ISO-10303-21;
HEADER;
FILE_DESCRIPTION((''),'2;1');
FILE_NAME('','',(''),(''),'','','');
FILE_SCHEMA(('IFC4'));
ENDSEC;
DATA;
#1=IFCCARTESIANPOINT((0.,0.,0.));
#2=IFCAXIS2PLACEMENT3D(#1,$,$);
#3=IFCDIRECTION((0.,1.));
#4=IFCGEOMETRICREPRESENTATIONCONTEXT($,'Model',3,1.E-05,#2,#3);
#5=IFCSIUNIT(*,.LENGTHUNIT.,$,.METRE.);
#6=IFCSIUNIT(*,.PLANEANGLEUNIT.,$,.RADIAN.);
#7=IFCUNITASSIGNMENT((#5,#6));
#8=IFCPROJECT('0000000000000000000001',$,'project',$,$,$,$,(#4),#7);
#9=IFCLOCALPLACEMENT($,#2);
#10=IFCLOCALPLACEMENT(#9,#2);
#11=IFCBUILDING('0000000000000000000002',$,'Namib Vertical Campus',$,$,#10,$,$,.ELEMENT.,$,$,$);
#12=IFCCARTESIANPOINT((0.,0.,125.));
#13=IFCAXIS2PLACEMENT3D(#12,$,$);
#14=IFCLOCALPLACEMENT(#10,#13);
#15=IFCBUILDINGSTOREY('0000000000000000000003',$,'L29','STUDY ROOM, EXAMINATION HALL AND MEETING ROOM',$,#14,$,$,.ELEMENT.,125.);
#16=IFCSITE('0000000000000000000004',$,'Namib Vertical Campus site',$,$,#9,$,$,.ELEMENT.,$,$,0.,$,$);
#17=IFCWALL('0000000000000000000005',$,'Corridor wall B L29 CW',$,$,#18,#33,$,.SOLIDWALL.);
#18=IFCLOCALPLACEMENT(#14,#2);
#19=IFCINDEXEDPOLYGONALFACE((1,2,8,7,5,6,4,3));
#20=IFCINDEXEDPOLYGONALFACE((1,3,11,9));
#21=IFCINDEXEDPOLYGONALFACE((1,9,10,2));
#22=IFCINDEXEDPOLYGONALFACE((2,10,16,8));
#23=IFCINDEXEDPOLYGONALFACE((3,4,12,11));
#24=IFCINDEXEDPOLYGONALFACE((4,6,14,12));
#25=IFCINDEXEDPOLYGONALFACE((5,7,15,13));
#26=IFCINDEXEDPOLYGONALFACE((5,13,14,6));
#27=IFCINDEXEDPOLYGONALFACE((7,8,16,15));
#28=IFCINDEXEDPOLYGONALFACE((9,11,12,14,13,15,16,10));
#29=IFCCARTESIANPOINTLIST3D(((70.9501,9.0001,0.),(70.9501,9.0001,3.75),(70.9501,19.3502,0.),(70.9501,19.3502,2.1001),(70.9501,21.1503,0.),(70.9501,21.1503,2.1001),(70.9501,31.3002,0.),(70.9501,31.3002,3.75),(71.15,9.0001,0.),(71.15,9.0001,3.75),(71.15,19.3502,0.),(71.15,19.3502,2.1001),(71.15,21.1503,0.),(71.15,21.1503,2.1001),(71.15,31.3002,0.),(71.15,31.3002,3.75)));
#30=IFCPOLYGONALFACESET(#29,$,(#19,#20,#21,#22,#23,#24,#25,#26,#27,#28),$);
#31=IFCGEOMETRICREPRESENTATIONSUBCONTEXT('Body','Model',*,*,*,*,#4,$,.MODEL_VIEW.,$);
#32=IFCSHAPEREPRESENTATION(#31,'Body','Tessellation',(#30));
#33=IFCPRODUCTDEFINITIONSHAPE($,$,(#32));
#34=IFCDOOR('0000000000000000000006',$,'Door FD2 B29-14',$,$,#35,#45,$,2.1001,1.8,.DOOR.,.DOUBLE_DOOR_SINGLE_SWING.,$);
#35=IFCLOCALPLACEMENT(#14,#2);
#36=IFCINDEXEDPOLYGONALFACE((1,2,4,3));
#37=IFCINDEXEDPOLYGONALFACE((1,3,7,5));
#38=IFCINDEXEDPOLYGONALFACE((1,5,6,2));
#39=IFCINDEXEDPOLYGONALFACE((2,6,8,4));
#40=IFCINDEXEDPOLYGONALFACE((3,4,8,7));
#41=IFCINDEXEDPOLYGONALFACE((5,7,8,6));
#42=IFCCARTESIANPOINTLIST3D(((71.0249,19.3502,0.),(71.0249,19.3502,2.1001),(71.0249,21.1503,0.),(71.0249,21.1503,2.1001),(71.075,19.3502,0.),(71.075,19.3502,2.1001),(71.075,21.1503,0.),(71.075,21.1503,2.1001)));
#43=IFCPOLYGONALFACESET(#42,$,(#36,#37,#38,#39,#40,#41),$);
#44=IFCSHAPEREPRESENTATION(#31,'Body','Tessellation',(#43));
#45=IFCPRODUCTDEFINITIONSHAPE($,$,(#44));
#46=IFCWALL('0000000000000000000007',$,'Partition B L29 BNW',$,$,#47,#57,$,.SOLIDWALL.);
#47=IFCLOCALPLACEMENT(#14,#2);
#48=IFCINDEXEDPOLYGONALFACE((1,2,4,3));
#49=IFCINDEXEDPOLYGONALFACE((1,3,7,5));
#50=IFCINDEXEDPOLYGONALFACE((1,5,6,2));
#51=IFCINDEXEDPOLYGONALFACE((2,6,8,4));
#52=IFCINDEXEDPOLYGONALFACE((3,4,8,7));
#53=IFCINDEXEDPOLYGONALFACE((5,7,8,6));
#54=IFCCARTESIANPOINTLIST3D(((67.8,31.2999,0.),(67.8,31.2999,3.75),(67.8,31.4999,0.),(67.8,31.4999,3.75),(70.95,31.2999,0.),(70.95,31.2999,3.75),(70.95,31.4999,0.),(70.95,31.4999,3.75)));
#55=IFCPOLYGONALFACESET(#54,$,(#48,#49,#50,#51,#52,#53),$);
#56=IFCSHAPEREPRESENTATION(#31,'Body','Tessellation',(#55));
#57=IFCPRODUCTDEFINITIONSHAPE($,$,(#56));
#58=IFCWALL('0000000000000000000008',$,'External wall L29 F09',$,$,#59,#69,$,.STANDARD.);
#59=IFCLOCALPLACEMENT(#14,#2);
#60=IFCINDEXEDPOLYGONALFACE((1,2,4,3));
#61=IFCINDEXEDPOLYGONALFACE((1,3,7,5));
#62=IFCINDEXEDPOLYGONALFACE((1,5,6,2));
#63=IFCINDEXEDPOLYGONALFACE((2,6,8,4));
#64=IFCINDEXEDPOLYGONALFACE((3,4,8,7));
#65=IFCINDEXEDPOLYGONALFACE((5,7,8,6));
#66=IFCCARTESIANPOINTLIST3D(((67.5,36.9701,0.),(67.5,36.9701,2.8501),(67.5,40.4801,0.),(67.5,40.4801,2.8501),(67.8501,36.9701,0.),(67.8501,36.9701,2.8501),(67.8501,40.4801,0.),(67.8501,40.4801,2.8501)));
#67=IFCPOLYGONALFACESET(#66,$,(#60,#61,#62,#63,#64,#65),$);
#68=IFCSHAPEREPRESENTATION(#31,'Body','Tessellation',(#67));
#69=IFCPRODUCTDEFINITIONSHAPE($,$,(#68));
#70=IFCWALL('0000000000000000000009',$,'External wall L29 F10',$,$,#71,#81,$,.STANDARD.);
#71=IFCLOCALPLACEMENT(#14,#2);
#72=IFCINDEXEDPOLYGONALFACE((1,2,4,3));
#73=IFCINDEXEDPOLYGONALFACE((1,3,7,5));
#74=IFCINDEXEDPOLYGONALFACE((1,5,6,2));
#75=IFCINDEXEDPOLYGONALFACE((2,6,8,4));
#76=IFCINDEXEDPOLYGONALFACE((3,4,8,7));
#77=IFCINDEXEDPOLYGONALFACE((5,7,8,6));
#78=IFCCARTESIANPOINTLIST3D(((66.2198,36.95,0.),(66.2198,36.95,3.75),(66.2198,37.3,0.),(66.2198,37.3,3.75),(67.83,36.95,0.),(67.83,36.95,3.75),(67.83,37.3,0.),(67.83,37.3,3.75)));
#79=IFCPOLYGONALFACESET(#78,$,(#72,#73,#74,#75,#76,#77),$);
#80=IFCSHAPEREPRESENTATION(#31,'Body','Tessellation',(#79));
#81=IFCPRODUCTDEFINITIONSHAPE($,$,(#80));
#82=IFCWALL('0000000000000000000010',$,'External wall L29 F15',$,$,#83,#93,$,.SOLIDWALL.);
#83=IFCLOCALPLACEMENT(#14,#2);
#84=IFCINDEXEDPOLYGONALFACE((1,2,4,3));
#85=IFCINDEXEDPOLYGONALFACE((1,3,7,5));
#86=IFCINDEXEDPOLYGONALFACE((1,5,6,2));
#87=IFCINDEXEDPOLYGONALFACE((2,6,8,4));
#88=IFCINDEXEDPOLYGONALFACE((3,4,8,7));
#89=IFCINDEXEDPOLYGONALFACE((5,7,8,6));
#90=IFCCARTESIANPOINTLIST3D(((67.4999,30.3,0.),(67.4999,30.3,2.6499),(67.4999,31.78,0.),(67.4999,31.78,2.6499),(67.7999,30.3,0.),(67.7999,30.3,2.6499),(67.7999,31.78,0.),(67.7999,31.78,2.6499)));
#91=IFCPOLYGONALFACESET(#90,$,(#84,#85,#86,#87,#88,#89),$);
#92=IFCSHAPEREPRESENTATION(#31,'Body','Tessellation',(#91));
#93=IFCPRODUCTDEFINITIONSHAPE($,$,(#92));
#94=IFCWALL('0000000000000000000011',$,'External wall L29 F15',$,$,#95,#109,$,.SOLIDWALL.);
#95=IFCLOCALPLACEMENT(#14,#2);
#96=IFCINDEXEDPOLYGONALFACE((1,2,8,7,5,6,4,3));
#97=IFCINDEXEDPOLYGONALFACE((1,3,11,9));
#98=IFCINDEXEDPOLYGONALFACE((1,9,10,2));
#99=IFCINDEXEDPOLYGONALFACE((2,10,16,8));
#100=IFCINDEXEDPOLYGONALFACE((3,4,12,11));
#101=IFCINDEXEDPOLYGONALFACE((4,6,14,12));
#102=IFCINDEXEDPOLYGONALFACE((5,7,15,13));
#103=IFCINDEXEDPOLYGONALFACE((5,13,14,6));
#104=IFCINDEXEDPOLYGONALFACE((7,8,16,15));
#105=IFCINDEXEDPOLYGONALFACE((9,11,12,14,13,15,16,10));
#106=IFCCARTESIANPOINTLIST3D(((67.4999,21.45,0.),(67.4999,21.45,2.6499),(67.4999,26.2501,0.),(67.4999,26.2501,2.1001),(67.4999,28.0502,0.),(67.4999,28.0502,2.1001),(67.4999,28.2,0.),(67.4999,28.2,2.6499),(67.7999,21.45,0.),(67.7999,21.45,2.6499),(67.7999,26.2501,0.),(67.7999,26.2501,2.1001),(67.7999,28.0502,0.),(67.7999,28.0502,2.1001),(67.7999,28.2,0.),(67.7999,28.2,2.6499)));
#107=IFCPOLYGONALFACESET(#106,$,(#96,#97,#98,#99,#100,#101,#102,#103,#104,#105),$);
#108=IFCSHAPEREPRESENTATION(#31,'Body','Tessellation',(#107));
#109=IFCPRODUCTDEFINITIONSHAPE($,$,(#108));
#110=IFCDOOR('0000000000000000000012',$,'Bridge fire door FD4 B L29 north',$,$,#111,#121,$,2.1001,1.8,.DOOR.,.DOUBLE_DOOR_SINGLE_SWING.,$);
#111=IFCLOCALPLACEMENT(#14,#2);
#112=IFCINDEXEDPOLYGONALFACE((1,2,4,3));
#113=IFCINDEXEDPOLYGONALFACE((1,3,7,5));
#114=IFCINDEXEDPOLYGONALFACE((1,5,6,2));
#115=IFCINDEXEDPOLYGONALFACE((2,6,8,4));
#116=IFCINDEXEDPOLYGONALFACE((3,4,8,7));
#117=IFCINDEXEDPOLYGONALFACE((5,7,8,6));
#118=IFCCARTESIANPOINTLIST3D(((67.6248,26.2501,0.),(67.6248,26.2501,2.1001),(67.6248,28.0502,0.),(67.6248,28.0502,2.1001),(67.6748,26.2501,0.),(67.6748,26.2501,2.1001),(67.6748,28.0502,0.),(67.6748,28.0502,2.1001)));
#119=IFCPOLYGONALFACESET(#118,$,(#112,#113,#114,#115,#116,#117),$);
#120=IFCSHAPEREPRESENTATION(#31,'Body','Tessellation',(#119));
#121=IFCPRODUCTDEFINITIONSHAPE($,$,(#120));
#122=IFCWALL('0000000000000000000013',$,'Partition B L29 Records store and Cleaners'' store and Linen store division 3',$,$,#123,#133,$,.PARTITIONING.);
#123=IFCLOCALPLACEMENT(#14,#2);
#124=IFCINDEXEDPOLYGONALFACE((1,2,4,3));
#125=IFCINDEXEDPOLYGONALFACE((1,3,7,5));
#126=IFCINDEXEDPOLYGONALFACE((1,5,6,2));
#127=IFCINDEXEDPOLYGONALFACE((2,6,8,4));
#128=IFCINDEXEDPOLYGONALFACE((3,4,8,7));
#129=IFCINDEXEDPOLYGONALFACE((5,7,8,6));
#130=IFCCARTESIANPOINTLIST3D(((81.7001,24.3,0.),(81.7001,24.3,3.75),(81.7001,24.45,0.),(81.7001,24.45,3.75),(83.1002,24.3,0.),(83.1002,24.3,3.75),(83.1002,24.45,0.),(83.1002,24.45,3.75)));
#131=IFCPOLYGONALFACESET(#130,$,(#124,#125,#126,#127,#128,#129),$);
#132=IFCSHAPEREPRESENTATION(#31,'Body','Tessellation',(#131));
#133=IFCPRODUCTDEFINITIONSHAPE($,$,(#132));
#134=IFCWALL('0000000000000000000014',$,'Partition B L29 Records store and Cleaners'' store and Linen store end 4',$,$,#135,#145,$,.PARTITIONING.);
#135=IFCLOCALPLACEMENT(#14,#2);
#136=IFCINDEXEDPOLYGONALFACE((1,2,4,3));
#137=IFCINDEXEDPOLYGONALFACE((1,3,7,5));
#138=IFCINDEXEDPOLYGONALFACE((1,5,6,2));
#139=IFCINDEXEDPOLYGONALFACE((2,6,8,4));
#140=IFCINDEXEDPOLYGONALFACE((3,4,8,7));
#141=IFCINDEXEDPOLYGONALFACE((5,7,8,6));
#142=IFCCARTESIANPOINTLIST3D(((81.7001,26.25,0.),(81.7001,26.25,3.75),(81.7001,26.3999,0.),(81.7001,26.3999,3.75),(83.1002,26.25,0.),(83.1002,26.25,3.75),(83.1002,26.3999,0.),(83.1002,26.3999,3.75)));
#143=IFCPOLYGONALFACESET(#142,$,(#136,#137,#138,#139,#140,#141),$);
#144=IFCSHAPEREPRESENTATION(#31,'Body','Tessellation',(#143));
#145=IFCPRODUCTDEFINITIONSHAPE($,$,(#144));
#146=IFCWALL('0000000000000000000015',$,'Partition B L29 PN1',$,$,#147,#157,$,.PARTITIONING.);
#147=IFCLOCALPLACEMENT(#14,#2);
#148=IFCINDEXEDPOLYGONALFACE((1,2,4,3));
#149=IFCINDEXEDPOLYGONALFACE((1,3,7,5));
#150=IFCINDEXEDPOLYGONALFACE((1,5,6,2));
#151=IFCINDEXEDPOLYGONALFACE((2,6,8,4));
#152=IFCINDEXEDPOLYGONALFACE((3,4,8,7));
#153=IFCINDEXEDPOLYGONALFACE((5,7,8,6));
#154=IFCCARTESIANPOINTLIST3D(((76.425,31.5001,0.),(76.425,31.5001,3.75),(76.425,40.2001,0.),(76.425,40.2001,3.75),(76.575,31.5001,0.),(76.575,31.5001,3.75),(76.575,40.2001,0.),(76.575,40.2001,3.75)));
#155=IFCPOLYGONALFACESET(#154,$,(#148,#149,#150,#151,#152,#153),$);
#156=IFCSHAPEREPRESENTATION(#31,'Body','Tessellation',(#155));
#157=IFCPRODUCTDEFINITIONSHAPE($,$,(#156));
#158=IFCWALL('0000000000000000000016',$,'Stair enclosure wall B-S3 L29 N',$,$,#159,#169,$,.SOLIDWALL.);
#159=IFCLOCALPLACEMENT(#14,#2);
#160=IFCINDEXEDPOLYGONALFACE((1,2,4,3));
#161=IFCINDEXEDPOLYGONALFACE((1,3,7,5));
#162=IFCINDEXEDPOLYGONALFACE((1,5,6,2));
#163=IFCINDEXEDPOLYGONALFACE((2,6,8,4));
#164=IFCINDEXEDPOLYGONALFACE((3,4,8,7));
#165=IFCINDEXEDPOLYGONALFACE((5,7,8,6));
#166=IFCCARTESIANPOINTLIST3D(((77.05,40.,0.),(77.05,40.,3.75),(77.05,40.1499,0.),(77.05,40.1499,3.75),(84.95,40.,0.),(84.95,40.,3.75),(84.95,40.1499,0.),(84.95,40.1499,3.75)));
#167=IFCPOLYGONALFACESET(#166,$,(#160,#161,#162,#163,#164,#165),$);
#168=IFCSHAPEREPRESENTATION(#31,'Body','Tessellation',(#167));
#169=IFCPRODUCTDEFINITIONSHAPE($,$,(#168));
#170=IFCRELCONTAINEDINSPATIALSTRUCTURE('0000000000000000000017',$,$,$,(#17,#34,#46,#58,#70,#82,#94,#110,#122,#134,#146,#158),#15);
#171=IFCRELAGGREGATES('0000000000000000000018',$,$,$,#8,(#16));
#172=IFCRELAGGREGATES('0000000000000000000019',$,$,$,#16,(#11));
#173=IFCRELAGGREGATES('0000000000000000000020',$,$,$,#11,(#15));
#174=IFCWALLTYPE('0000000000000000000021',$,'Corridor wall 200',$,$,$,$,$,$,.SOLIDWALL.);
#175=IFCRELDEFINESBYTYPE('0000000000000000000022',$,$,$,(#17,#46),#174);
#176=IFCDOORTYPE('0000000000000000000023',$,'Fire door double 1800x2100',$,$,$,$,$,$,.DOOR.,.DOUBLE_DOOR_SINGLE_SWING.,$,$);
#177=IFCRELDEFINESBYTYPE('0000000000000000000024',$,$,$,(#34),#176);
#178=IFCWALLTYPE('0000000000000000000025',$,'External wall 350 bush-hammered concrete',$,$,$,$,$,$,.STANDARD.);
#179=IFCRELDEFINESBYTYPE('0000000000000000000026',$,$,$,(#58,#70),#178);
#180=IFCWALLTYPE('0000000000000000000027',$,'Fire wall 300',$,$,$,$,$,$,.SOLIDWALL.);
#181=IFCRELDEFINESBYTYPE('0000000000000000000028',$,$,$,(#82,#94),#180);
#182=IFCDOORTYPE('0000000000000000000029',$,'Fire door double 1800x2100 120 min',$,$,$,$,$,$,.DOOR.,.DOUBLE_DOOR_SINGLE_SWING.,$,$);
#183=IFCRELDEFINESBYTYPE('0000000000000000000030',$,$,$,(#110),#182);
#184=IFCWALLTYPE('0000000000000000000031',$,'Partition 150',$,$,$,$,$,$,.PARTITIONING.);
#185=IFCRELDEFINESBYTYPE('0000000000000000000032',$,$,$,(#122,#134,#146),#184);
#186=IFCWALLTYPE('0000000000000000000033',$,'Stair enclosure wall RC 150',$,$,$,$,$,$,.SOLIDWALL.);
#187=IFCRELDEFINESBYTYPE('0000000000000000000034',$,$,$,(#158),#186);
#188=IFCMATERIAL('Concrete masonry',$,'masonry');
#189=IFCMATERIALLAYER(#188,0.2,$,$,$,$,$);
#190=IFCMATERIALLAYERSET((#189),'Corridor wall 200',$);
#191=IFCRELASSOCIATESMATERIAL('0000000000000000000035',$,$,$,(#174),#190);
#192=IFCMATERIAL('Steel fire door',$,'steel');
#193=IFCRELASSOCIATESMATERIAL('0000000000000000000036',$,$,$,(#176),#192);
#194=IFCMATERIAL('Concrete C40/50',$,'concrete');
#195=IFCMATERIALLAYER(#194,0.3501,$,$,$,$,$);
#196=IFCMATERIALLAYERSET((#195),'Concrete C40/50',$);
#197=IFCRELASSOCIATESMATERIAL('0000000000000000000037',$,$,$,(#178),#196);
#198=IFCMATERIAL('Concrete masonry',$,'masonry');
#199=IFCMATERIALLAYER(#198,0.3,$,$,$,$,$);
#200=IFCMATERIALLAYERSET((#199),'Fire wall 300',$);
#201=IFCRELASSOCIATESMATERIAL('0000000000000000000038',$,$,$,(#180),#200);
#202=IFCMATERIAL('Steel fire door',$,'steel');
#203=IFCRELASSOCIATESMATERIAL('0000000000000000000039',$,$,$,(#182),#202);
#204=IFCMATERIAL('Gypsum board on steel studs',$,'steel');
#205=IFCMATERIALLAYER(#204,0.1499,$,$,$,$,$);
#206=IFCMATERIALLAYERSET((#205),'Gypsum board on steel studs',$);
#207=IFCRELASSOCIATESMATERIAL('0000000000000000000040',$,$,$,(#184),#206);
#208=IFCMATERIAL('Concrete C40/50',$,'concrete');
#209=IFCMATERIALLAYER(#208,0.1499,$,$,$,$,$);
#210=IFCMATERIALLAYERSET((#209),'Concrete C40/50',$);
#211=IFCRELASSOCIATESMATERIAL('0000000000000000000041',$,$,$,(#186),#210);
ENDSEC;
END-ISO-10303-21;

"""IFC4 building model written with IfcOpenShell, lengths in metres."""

from ifc_helpers import new_model, si_unit, direction, frame, frame_2d, origin, place, context, subcontext, project, spatial, rectangle, extrude, material, layer, layer_set, type_object, element, fill, save


model = new_model("IFC4")

# Units and contexts
model_context = context("Model", 3, precision=1e-05, world=origin(), true_north=direction((0.0, 1.0)))
body_context = subcontext(model_context, "Body", "Model", "MODEL_VIEW")
ifc_project = project(units=[si_unit("LENGTHUNIT", "METRE"), si_unit("PLANEANGLEUNIT", "RADIAN")], contexts=[model_context])

# Site, building, storey
site_placement = place(None, origin())
site = spatial("IfcSite", under=ifc_project, at=site_placement, Name="Namib Vertical Campus site", CompositionType="ELEMENT", RefElevation=0.0)
building_placement = place(site_placement, origin())
building = spatial("IfcBuilding", under=site, at=building_placement, Name="Namib Vertical Campus", CompositionType="ELEMENT")
storey_placement = place(building_placement, frame((0.0, 0.0, 125.0)))
storey = spatial("IfcBuildingStorey", under=building, at=storey_placement, Name="L29", Description="STUDY ROOM, EXAMINATION HALL AND MEETING ROOM", CompositionType="ELEMENT", Elevation=125.0)

# Wall, opening, door
ifc_material_1 = material(Name="Concrete masonry", Category="masonry")
ifc_layer_1 = layer(ifc_material_1, 0.2)
ifc_layer_set_1 = layer_set([ifc_layer_1], Name="Corridor wall 200")
wall_type_1 = type_object("IfcWallType", Name="Corridor wall 200", PredefinedType="SOLIDWALL", material=ifc_layer_set_1)
wall_1_placement = place(storey_placement, frame((71.05, 31.3, 0.0), z_axis=(0.0, 0.0, 1.0), x_axis=(0.0, -1.0, 0.0)))
wall_1 = element("IfcWall", 1, at=wall_1_placement, inside=storey, type_object=wall_type_1, Name="Corridor wall B L29 CW", PredefinedType="SOLIDWALL", context=body_context, shape_type="SweptSolid", body=[
    extrude(rectangle(XDim=22.3, YDim=0.2, at=frame_2d((11.1499, 0.0))), origin(), (0.0, 0.0, 1.0), 3.75),
])
opening_1_placement = place(wall_1_placement, frame((10.1499, 0.0, 0.0)))
opening_1 = element("IfcOpeningElement", 2, at=opening_1_placement, cuts=wall_1, PredefinedType="OPENING", context=body_context, shape_type="SweptSolid", body=[
    extrude(rectangle(XDim=1.8, YDim=2.1001, at=frame_2d((0.8999, 1.05))), frame((0.0, 0.1099, 0.0), z_axis=(0.0, -1.0, 0.0), x_axis=(1.0, 0.0, 0.0)), (0.0, 0.0, 1.0), 0.22),
])
ifc_material_2 = material(Name="Steel fire door", Category="steel")
door_type_1 = type_object("IfcDoorType", Name="Fire door double 1800x2100", OperationType="DOUBLE_DOOR_SINGLE_SWING", PredefinedType="DOOR", material=ifc_material_2)
door_1_placement = place(opening_1_placement, origin())
door_1 = element("IfcDoor", 3, at=door_1_placement, inside=storey, type_object=door_type_1, Name="Door FD2 B29-14", OperationType="DOUBLE_DOOR_SINGLE_SWING", OverallHeight=2.1001, OverallWidth=1.8, PredefinedType="DOOR", context=body_context, shape_type="SweptSolid", body=[
    extrude(rectangle(XDim=1.8, YDim=2.1001, at=frame_2d((0.8999, 1.05))), frame((0.0, 0.0249, 0.0), z_axis=(0.0, -1.0, 0.0), x_axis=(1.0, 0.0, 0.0)), (0.0, 0.0, 1.0), 0.05),
])
fill(opening_1, door_1)

# Walls
wall_2_placement = place(storey_placement, frame((67.8, 31.3999, 0.0), z_axis=(0.0, 0.0, 1.0), x_axis=(1.0, 0.0, 0.0)))
element("IfcWall", 4, at=wall_2_placement, inside=storey, type_object=wall_type_1, Name="Partition B L29 BNW", PredefinedType="SOLIDWALL", context=body_context, shape_type="SweptSolid", body=[
    extrude(rectangle(XDim=3.1499, YDim=0.2, at=frame_2d((1.575, 0.0))), origin(), (0.0, 0.0, 1.0), 3.75),
])
ifc_material_3 = material(Name="Concrete C40/50", Category="concrete")
ifc_layer_2 = layer(ifc_material_3, 0.3501)
ifc_layer_set_2 = layer_set([ifc_layer_2], Name="Concrete C40/50")
wall_type_2 = type_object("IfcWallType", Name="External wall 350 bush-hammered concrete", PredefinedType="STANDARD", material=ifc_layer_set_2)
wall_3_placement = place(storey_placement, frame((67.675, 40.48, 0.0), z_axis=(0.0, 0.0, 1.0), x_axis=(0.0, -1.0, 0.0)))
element("IfcWall", 5, at=wall_3_placement, inside=storey, type_object=wall_type_2, Name="External wall L29 F09", PredefinedType="STANDARD", context=body_context, shape_type="SweptSolid", body=[
    extrude(rectangle(XDim=3.51, YDim=0.3501, at=frame_2d((1.7549, 0.0))), origin(), (0.0, 0.0, 1.0), 2.8501),
])
wall_4_placement = place(storey_placement, frame((67.8301, 37.125, 0.0), z_axis=(0.0, 0.0, 1.0), x_axis=(-1.0, 0.0, 0.0)))
element("IfcWall", 6, at=wall_4_placement, inside=storey, type_object=wall_type_2, Name="External wall L29 F10", PredefinedType="STANDARD", context=body_context, shape_type="SweptSolid", body=[
    extrude(rectangle(XDim=1.6101, YDim=0.3501, at=frame_2d((0.8052, 0.0))), origin(), (0.0, 0.0, 1.0), 3.75),
])
ifc_material_4 = material(Name="Concrete masonry", Category="masonry")
ifc_layer_3 = layer(ifc_material_4, 0.3)
ifc_layer_set_3 = layer_set([ifc_layer_3], Name="Fire wall 300")
wall_type_3 = type_object("IfcWallType", Name="Fire wall 300", PredefinedType="SOLIDWALL", material=ifc_layer_set_3)
wall_5_placement = place(storey_placement, frame((67.6499, 31.78, 0.0), z_axis=(0.0, 0.0, 1.0), x_axis=(0.0, -1.0, 0.0)))
element("IfcWall", 7, at=wall_5_placement, inside=storey, type_object=wall_type_3, Name="External wall L29 F15", PredefinedType="SOLIDWALL", context=body_context, shape_type="SweptSolid", body=[
    extrude(rectangle(XDim=1.48, YDim=0.3, at=frame_2d((0.74, 0.0))), origin(), (0.0, 0.0, 1.0), 2.6499),
])

# Wall, opening, door
wall_6_placement = place(storey_placement, frame((67.6499, 28.2, 0.0), z_axis=(0.0, 0.0, 1.0), x_axis=(0.0, -1.0, 0.0)))
wall_6 = element("IfcWall", 8, at=wall_6_placement, inside=storey, type_object=wall_type_3, Name="External wall L29 F15", PredefinedType="SOLIDWALL", context=body_context, shape_type="SweptSolid", body=[
    extrude(rectangle(XDim=6.75, YDim=0.3, at=frame_2d((3.375, 0.0))), origin(), (0.0, 0.0, 1.0), 2.6499),
])
opening_2_placement = place(wall_6_placement, frame((0.1499, 0.0, 0.0)))
opening_2 = element("IfcOpeningElement", 9, at=opening_2_placement, cuts=wall_6, PredefinedType="OPENING", context=body_context, shape_type="SweptSolid", body=[
    extrude(rectangle(XDim=1.8, YDim=2.1001, at=frame_2d((0.8999, 1.05))), frame((0.0, 0.1599, 0.0), z_axis=(0.0, -1.0, 0.0), x_axis=(1.0, 0.0, 0.0)), (0.0, 0.0, 1.0), 0.3201),
])
ifc_material_5 = material(Name="Steel fire door", Category="steel")
door_type_2 = type_object("IfcDoorType", Name="Fire door double 1800x2100 120 min", OperationType="DOUBLE_DOOR_SINGLE_SWING", PredefinedType="DOOR", material=ifc_material_5)
door_2_placement = place(opening_2_placement, origin())
door_2 = element("IfcDoor", 10, at=door_2_placement, inside=storey, type_object=door_type_2, Name="Bridge fire door FD4 B L29 north", OperationType="DOUBLE_DOOR_SINGLE_SWING", OverallHeight=2.1001, OverallWidth=1.8, PredefinedType="DOOR", context=body_context, shape_type="SweptSolid", body=[
    extrude(rectangle(XDim=1.8, YDim=2.1001, at=frame_2d((0.8999, 1.05))), frame((0.0, 0.0249, 0.0), z_axis=(0.0, -1.0, 0.0), x_axis=(1.0, 0.0, 0.0)), (0.0, 0.0, 1.0), 0.05),
])
fill(opening_2, door_2)

# Walls
ifc_material_6 = material(Name="Gypsum board on steel studs", Category="steel")
ifc_layer_4 = layer(ifc_material_6, 0.1499)
ifc_layer_set_4 = layer_set([ifc_layer_4], Name="Gypsum board on steel studs")
wall_type_4 = type_object("IfcWallType", Name="Partition 150", PredefinedType="PARTITIONING", material=ifc_layer_set_4)
for number, where, z_axis, x_axis, name in (
    (11, (81.7, 24.375, 0.0), (0.0, 0.0, 1.0), (1.0, 0.0, 0.0), "Partition B L29 Records store and Cleaners' store and Linen store division 3"),
    (12, (81.7, 26.325, 0.0), (0.0, 0.0, 1.0), (1.0, 0.0, 0.0), "Partition B L29 Records store and Cleaners' store and Linen store end 4"),
):
    element("IfcWall", number, at=place(storey_placement, frame(where, z_axis=z_axis, x_axis=x_axis)), inside=storey, type_object=wall_type_4, Name=name, PredefinedType="PARTITIONING", context=body_context, shape_type="SweptSolid", body=[
        extrude(rectangle(XDim=1.4001, YDim=0.1499, at=frame_2d((0.7002, 0.0))), origin(), (0.0, 0.0, 1.0), 3.75),
    ])
wall_7_placement = place(storey_placement, frame((76.5, 31.5, 0.0), z_axis=(0.0, 0.0, 1.0), x_axis=(0.0, 1.0, 0.0)))
element("IfcWall", 13, at=wall_7_placement, inside=storey, type_object=wall_type_4, Name="Partition B L29 PN1", PredefinedType="PARTITIONING", context=body_context, shape_type="SweptSolid", body=[
    extrude(rectangle(XDim=8.7, YDim=0.1499, at=frame_2d((4.3501, 0.0))), origin(), (0.0, 0.0, 1.0), 3.75),
])
ifc_material_7 = material(Name="Concrete C40/50", Category="concrete")
ifc_layer_5 = layer(ifc_material_7, 0.1499)
ifc_layer_set_5 = layer_set([ifc_layer_5], Name="Concrete C40/50")
wall_type_5 = type_object("IfcWallType", Name="Stair enclosure wall RC 150", PredefinedType="SOLIDWALL", material=ifc_layer_set_5)
wall_8_placement = place(storey_placement, frame((77.05, 40.075, 0.0), z_axis=(0.0, 0.0, 1.0), x_axis=(1.0, 0.0, 0.0)))
element("IfcWall", 14, at=wall_8_placement, inside=storey, type_object=wall_type_5, Name="Stair enclosure wall B-S3 L29 N", PredefinedType="SOLIDWALL", context=body_context, shape_type="SweptSolid", body=[
    extrude(rectangle(XDim=7.8999, YDim=0.1499, at=frame_2d((3.95, 0.0))), origin(), (0.0, 0.0, 1.0), 3.75),
])

save(model, "model.ifc")
